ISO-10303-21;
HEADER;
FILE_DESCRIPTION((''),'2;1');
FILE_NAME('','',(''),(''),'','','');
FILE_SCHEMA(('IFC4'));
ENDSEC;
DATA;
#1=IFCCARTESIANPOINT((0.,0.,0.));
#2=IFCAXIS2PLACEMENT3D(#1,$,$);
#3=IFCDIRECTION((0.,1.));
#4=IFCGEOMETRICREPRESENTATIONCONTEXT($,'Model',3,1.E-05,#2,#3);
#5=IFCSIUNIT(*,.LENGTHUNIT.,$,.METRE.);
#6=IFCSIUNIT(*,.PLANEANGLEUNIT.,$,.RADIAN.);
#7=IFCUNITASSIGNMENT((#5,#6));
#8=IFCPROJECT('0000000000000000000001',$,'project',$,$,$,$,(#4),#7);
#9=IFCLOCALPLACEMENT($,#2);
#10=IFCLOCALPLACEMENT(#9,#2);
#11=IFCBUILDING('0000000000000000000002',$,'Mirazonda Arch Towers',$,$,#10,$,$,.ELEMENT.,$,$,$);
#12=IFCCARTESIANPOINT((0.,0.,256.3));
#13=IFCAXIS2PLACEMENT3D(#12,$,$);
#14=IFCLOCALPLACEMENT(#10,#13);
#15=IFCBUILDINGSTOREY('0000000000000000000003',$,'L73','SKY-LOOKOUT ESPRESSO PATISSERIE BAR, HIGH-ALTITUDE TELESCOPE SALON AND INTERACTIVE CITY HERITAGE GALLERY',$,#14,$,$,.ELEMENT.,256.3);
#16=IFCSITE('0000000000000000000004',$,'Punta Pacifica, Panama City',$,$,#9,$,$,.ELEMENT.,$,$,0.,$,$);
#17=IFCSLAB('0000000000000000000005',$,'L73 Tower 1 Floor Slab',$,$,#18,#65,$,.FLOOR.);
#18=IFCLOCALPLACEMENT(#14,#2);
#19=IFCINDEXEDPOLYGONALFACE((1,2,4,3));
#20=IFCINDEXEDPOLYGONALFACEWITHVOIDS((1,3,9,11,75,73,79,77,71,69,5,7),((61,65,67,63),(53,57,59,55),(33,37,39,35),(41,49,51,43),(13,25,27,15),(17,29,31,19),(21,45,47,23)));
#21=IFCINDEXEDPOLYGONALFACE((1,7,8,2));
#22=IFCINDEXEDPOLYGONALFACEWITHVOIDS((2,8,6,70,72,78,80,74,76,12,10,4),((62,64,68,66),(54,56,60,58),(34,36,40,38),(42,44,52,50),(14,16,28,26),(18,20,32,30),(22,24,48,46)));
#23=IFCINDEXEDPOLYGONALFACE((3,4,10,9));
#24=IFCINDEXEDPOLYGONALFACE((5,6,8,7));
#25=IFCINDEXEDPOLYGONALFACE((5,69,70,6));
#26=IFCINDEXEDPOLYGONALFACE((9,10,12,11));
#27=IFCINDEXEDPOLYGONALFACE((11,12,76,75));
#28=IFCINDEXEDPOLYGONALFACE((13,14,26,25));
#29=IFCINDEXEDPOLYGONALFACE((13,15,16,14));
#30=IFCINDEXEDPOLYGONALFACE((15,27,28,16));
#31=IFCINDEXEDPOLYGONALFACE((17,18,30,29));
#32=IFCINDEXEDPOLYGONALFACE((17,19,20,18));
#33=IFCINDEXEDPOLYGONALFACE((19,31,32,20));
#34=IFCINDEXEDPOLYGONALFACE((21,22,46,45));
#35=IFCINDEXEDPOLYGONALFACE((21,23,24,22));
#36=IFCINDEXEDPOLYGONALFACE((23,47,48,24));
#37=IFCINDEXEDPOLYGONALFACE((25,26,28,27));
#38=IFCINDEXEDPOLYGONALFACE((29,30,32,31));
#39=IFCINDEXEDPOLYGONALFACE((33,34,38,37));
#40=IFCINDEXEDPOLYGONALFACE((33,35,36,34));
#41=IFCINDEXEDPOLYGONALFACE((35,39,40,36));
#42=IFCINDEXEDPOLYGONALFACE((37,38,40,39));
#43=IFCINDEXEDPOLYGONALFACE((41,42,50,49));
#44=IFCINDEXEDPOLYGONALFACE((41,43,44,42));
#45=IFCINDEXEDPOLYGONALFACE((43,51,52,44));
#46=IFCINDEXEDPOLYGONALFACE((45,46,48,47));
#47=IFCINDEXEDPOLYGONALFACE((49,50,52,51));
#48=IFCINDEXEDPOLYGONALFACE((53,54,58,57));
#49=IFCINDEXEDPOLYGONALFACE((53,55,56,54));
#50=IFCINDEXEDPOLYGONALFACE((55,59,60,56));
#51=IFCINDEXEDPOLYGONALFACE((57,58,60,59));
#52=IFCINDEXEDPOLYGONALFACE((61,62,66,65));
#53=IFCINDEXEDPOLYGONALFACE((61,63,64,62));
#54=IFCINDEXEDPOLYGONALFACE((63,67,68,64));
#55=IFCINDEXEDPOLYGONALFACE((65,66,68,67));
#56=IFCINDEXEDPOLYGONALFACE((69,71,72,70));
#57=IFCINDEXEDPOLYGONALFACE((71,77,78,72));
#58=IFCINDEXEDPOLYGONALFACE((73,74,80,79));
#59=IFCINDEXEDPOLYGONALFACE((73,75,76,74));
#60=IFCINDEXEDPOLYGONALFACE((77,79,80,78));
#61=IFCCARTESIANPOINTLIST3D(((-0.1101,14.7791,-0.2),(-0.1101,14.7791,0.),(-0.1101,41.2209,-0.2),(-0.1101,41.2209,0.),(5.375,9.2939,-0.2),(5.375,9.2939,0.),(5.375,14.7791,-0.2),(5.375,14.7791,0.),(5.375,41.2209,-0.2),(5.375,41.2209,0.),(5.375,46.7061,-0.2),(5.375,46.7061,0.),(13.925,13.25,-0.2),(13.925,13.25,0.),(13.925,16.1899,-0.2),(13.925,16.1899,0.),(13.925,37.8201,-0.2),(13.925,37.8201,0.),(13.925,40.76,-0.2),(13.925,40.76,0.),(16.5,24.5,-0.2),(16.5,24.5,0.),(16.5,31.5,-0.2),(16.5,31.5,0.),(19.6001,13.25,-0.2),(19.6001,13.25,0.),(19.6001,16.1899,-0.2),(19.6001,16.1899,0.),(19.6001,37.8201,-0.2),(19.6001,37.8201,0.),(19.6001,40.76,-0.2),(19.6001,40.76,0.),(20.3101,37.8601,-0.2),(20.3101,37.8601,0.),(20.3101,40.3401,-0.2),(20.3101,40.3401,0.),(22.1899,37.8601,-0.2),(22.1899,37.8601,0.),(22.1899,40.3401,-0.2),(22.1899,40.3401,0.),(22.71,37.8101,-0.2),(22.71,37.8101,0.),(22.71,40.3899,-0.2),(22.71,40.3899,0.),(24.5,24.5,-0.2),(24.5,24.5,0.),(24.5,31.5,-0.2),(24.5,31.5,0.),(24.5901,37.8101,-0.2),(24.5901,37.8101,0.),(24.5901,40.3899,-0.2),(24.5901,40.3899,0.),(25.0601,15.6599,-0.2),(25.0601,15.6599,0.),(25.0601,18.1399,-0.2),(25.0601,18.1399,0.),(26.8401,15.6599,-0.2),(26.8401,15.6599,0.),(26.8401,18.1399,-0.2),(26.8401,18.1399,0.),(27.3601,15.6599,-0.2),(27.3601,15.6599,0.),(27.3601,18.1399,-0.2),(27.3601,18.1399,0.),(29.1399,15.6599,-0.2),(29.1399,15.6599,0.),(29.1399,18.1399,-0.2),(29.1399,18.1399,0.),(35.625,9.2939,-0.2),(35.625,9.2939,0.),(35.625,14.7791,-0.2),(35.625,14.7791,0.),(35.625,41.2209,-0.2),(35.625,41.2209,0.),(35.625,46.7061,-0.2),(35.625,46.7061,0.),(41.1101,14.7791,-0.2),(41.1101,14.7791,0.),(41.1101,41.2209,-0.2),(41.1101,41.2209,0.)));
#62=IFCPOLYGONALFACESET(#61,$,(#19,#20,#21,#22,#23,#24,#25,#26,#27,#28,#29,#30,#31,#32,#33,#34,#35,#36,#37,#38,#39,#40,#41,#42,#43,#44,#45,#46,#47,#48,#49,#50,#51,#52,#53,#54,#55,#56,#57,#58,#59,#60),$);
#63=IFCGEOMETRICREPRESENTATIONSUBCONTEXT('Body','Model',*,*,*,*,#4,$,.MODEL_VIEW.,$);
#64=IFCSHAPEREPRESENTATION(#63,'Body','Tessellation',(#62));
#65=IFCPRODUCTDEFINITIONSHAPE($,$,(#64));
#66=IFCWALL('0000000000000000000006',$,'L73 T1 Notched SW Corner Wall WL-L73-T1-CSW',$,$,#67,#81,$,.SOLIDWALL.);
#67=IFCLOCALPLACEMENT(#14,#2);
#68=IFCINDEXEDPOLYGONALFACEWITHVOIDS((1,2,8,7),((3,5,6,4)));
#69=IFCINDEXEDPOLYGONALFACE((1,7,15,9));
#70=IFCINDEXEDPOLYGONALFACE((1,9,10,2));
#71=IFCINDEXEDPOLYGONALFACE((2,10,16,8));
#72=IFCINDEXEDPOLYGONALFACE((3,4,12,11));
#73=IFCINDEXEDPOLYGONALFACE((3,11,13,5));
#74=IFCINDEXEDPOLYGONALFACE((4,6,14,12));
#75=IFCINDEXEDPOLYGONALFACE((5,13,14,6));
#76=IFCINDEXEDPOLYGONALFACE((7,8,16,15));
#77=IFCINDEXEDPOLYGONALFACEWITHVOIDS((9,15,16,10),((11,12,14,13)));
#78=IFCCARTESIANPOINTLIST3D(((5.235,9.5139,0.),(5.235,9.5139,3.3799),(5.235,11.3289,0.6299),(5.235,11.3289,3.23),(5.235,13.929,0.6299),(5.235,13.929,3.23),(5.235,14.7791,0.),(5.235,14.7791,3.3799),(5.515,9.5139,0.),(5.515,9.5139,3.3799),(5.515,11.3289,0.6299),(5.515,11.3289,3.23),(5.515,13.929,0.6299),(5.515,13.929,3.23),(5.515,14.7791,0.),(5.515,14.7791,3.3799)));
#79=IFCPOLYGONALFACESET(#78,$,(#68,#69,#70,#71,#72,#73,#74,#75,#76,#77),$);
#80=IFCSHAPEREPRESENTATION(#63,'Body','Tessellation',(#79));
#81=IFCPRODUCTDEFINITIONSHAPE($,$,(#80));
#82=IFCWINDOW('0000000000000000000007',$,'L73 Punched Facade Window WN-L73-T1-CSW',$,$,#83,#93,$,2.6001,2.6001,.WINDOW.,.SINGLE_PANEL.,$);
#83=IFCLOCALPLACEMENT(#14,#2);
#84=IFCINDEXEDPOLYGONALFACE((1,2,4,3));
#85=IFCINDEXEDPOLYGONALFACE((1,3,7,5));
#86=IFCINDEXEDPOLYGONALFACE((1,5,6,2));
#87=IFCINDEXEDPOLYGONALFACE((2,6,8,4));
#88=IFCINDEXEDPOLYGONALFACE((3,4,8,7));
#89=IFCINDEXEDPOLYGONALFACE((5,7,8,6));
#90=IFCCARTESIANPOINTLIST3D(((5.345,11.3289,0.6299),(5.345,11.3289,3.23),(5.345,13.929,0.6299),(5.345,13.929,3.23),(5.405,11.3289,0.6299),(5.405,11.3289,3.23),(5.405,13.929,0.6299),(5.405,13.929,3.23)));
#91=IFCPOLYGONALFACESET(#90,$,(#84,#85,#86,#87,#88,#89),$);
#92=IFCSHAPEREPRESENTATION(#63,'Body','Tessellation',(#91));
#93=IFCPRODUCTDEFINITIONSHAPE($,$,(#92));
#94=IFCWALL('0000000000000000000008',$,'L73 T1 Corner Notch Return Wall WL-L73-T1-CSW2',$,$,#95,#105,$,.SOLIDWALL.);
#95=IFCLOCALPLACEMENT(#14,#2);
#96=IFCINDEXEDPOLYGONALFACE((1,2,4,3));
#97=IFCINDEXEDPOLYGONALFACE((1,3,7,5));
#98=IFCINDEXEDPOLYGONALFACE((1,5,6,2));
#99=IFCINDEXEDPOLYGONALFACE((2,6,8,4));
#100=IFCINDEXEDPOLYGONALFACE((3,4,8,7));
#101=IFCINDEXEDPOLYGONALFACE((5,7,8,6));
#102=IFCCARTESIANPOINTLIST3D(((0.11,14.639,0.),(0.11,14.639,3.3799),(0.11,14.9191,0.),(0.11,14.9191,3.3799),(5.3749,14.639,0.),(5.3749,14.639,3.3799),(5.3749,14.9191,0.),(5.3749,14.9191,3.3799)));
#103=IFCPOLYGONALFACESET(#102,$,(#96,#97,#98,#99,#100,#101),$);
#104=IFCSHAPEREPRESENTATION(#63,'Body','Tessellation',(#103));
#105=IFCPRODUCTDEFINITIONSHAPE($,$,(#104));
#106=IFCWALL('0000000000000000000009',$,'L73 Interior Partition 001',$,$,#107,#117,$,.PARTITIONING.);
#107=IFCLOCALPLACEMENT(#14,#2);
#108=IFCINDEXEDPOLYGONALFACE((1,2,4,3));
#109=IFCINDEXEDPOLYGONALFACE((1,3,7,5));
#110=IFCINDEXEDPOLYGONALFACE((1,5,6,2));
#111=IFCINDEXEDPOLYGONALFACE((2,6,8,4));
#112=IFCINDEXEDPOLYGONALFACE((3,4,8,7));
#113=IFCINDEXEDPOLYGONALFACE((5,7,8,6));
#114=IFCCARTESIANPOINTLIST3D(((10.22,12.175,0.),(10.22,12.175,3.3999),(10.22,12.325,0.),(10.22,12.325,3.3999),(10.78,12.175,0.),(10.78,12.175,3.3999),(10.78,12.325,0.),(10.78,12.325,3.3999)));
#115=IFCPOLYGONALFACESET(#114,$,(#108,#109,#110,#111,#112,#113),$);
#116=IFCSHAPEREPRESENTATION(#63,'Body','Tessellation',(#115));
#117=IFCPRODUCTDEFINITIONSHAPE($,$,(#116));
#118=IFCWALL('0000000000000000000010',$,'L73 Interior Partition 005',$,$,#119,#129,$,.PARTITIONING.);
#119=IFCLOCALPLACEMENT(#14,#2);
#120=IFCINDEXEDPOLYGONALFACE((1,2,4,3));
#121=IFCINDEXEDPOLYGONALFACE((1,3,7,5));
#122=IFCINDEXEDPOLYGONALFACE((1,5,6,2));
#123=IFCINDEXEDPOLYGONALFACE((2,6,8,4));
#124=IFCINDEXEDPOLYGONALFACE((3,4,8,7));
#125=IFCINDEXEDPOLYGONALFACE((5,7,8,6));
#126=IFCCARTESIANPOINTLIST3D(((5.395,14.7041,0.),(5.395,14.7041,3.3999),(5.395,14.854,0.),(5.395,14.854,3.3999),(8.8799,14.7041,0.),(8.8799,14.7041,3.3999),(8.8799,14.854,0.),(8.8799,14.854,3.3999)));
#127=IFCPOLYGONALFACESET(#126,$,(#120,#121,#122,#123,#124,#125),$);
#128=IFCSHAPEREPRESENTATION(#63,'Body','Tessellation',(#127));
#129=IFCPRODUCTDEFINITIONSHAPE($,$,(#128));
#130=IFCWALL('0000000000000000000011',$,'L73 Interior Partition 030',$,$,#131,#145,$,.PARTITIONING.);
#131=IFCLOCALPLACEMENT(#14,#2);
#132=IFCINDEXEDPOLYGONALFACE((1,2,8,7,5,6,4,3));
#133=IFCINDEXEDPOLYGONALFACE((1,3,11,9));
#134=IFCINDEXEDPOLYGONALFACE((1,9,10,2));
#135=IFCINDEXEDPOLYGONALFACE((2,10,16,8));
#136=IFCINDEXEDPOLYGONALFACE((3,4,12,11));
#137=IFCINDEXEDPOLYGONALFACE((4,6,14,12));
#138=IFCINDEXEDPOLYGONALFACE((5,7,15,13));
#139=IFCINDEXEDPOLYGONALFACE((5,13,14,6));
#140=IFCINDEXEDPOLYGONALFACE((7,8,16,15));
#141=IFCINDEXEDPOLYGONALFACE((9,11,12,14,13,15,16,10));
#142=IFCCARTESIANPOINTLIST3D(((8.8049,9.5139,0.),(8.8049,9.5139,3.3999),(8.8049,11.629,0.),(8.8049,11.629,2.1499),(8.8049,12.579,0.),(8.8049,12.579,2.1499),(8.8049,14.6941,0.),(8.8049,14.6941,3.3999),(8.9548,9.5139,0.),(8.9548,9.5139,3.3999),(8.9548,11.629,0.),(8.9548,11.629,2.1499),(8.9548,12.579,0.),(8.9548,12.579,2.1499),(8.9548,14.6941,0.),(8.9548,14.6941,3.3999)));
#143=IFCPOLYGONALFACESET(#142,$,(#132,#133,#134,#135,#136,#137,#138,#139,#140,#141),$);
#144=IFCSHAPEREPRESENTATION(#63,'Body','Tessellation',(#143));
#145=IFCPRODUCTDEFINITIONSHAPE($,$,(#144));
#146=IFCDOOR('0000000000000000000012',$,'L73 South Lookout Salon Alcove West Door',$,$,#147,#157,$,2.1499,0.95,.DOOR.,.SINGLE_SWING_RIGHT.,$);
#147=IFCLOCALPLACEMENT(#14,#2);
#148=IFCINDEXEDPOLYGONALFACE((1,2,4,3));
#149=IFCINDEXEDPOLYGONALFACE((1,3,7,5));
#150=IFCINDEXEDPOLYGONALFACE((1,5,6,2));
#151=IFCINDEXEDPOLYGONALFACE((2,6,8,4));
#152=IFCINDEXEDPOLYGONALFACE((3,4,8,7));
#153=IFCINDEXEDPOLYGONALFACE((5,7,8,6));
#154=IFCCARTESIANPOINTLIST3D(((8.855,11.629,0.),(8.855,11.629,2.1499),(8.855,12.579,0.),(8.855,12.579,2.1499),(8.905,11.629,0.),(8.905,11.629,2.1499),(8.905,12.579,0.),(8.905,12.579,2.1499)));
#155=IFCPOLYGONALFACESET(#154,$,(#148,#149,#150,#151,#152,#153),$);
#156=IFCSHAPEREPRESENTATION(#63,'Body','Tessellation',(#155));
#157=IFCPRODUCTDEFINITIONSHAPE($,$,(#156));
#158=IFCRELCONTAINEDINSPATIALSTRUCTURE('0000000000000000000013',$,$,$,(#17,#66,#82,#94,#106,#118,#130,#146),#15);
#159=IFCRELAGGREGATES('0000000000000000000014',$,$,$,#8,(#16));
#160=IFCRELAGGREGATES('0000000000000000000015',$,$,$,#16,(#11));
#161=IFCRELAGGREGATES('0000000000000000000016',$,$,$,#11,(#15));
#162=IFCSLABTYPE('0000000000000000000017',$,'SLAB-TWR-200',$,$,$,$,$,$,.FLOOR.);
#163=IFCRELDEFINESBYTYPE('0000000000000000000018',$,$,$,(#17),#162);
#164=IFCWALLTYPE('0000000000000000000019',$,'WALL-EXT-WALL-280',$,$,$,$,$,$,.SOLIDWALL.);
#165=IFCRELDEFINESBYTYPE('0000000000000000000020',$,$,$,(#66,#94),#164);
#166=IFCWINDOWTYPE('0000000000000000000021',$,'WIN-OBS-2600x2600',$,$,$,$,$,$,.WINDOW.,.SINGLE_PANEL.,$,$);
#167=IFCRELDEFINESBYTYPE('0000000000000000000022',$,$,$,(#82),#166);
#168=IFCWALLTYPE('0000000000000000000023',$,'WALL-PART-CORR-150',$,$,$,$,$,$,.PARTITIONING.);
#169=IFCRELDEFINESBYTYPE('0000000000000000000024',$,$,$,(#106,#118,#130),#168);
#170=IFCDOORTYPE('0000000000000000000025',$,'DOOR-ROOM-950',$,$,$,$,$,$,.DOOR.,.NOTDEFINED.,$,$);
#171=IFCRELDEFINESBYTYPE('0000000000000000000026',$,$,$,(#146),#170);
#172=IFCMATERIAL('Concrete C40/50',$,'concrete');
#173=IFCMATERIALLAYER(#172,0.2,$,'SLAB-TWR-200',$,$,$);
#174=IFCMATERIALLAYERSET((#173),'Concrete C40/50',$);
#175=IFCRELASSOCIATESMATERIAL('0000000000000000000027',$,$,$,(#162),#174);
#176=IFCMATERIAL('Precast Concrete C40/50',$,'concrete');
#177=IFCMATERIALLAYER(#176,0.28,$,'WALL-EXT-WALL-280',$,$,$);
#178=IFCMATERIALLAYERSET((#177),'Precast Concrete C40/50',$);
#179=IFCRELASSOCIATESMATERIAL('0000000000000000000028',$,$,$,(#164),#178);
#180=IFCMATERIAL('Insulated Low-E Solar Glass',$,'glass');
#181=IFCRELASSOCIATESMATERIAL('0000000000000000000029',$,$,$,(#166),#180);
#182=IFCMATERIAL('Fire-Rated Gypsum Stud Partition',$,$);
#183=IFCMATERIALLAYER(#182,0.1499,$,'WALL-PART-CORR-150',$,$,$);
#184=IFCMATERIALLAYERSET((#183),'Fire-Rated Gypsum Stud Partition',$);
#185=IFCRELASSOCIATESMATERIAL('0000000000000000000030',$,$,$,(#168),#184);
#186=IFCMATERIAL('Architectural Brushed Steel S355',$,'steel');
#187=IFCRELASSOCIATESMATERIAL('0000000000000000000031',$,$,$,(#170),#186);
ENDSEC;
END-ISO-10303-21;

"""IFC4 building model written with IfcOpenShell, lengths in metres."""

from ifc_helpers import new_model, si_unit, direction, frame, frame_2d, origin, place, context, subcontext, project, spatial, polyline, rectangle, outline, extrude, material, layer, layer_set, type_object, element, fill, save


model = new_model("IFC4")

# Units and contexts
model_context = context("Model", 3, precision=1e-05, world=origin(), true_north=direction((0.0, 1.0)))
body_context = subcontext(model_context, "Body", "Model", "MODEL_VIEW")
ifc_project = project(units=[si_unit("LENGTHUNIT", "METRE"), si_unit("PLANEANGLEUNIT", "RADIAN")], contexts=[model_context])

# Site, building, storey
site_placement = place(None, origin())
site = spatial("IfcSite", under=ifc_project, at=site_placement, Name="Punta Pacifica, Panama City", CompositionType="ELEMENT", RefElevation=0.0)
building_placement = place(site_placement, origin())
building = spatial("IfcBuilding", under=site, at=building_placement, Name="Mirazonda Arch Towers", CompositionType="ELEMENT")
storey_placement = place(building_placement, frame((0.0, 0.0, 256.3)))
storey = spatial("IfcBuildingStorey", under=building, at=storey_placement, Name="L73", Description="SKY-LOOKOUT ESPRESSO PATISSERIE BAR, HIGH-ALTITUDE TELESCOPE SALON AND INTERACTIVE CITY HERITAGE GALLERY", CompositionType="ELEMENT", Elevation=256.3)

# Shared definitions
ifc_material_1 = material(Name="Insulated Low-E Solar Glass", Category="glass")

# Shared definitions
ifc_material_2 = material(Name="Concrete C40/50", Category="concrete")

# Slab
ifc_layer_1 = layer(ifc_material_2, 0.2, Name="SLAB-TWR-200")
ifc_layer_set_1 = layer_set([ifc_layer_1], Name="Concrete C40/50")
slab_type_1 = type_object("IfcSlabType", Name="SLAB-TWR-200", PredefinedType="FLOOR", material=ifc_layer_set_1)
slab_1_placement = place(storey_placement, frame((0.0, 0.0, -0.2)))
element("IfcSlab", 1, at=slab_1_placement, inside=storey, type_object=slab_type_1, Name="L73 Tower 1 Floor Slab", PredefinedType="FLOOR", context=body_context, shape_type="SweptSolid", body=[
    extrude(outline(polyline([(5.375, 9.2939), (35.625, 9.2939), (35.625, 14.7791), (41.1101, 14.7791), (41.1101, 41.2209), (35.625, 41.2209), (35.625, 46.7061), (5.375, 46.7061), (5.375, 41.2209), (-0.1101, 41.2209), (-0.1101, 14.7791), (5.375, 14.7791), (5.375, 9.2939)]), holes=[polyline([(27.3601, 18.1399), (29.1399, 18.1399), (29.1399, 15.6599), (27.3601, 15.6599), (27.3601, 18.1399)]), polyline([(25.0601, 18.1399), (26.8401, 18.1399), (26.8401, 15.6599), (25.0601, 15.6599), (25.0601, 18.1399)]), polyline([(22.71, 40.3899), (24.5901, 40.3899), (24.5901, 37.8101), (22.71, 37.8101), (22.71, 40.3899)]), polyline([(16.5, 31.5), (24.5, 31.5), (24.5, 24.5), (16.5, 24.5), (16.5, 31.5)]), polyline([(20.3101, 40.3401), (22.1899, 40.3401), (22.1899, 37.8601), (20.3101, 37.8601), (20.3101, 40.3401)]), polyline([(19.6001, 13.25), (13.925, 13.25), (13.925, 16.1899), (19.6001, 16.1899), (19.6001, 13.25)]), polyline([(13.925, 37.8201), (13.925, 40.76), (19.6001, 40.76), (19.6001, 37.8201), (13.925, 37.8201)])]), origin(), (0.0, 0.0, 1.0), 0.2),
])

# Wall, opening, window
ifc_material_3 = material(Name="Precast Concrete C40/50", Category="concrete")
ifc_layer_2 = layer(ifc_material_3, 0.28, Name="WALL-EXT-WALL-280")
ifc_layer_set_2 = layer_set([ifc_layer_2], Name="Precast Concrete C40/50")
wall_type_1 = type_object("IfcWallType", Name="WALL-EXT-WALL-280", PredefinedType="SOLIDWALL", material=ifc_layer_set_2)
wall_1_placement = place(storey_placement, frame((5.375, 14.7791, 0.0), z_axis=(0.0, 0.0, 1.0), x_axis=(0.0, -1.0, 0.0)))
wall_1 = element("IfcWall", 2, at=wall_1_placement, inside=storey, type_object=wall_type_1, Name="L73 T1 Notched SW Corner Wall WL-L73-T1-CSW", PredefinedType="SOLIDWALL", context=body_context, shape_type="SweptSolid", body=[
    extrude(rectangle(XDim=5.2651, YDim=0.28, at=frame_2d((2.6326, 0.0))), origin(), (0.0, 0.0, 1.0), 3.3799),
])
opening_1_placement = place(wall_1_placement, frame((0.8501, 0.0, 0.6299)))
opening_1 = element("IfcOpeningElement", 3, at=opening_1_placement, cuts=wall_1, PredefinedType="OPENING", context=body_context, shape_type="SweptSolid", body=[
    extrude(rectangle(XDim=2.6001, YDim=2.6001, at=frame_2d((1.3, 1.3))), frame((0.0, 0.1499, 0.0), z_axis=(0.0, -1.0, 0.0), x_axis=(1.0, 0.0, 0.0)), (0.0, 0.0, 1.0), 0.3),
])
window_type = type_object("IfcWindowType", Name="WIN-OBS-2600x2600", PartitioningType="SINGLE_PANEL", PredefinedType="WINDOW", material=ifc_material_1)
window_placement = place(opening_1_placement, origin())
window = element("IfcWindow", 4, at=window_placement, inside=storey, type_object=window_type, Name="L73 Punched Facade Window WN-L73-T1-CSW", OverallHeight=2.6001, OverallWidth=2.6001, PartitioningType="SINGLE_PANEL", PredefinedType="WINDOW", context=body_context, shape_type="SweptSolid", body=[
    extrude(rectangle(XDim=2.6001, YDim=2.6001, at=frame_2d((1.3, 1.3))), frame((0.0, 0.03, 0.0), z_axis=(0.0, -1.0, 0.0), x_axis=(1.0, 0.0, 0.0)), (0.0, 0.0, 1.0), 0.0601),
])
fill(opening_1, window)

# Walls
wall_2_placement = place(storey_placement, frame((0.1101, 14.7791, 0.0), z_axis=(0.0, 0.0, 1.0), x_axis=(1.0, 0.0, 0.0)))
element("IfcWall", 5, at=wall_2_placement, inside=storey, type_object=wall_type_1, Name="L73 T1 Corner Notch Return Wall WL-L73-T1-CSW2", PredefinedType="SOLIDWALL", context=body_context, shape_type="SweptSolid", body=[
    extrude(rectangle(XDim=5.2649, YDim=0.28, at=frame_2d((2.6323, 0.0))), origin(), (0.0, 0.0, 1.0), 3.3799),
])
ifc_material_4 = material(Name="Fire-Rated Gypsum Stud Partition")
ifc_layer_3 = layer(ifc_material_4, 0.1499, Name="WALL-PART-CORR-150")
ifc_layer_set_3 = layer_set([ifc_layer_3], Name="Fire-Rated Gypsum Stud Partition")
wall_type_2 = type_object("IfcWallType", Name="WALL-PART-CORR-150", PredefinedType="PARTITIONING", material=ifc_layer_set_3)
wall_3_placement = place(storey_placement, frame((10.22, 12.25, 0.0), z_axis=(0.0, 0.0, 1.0), x_axis=(1.0, 0.0, 0.0)))
element("IfcWall", 6, at=wall_3_placement, inside=storey, type_object=wall_type_2, Name="L73 Interior Partition 001", PredefinedType="PARTITIONING", context=body_context, shape_type="SweptSolid", body=[
    extrude(rectangle(XDim=0.5601, YDim=0.1499, at=frame_2d((0.28, 0.0))), origin(), (0.0, 0.0, 1.0), 3.3999),
])
wall_4_placement = place(storey_placement, frame((5.395, 14.7791, 0.0), z_axis=(0.0, 0.0, 1.0), x_axis=(1.0, 0.0, 0.0)))
element("IfcWall", 7, at=wall_4_placement, inside=storey, type_object=wall_type_2, Name="L73 Interior Partition 005", PredefinedType="PARTITIONING", context=body_context, shape_type="SweptSolid", body=[
    extrude(rectangle(XDim=3.4849, YDim=0.1499, at=frame_2d((1.7424, 0.0))), origin(), (0.0, 0.0, 1.0), 3.3999),
])

# Wall, opening, door
wall_5_placement = place(storey_placement, frame((8.8799, 9.5139, 0.0), z_axis=(0.0, 0.0, 1.0), x_axis=(0.0, 1.0, 0.0)))
wall_5 = element("IfcWall", 8, at=wall_5_placement, inside=storey, type_object=wall_type_2, Name="L73 Interior Partition 030", PredefinedType="PARTITIONING", context=body_context, shape_type="SweptSolid", body=[
    extrude(rectangle(XDim=5.1802, YDim=0.1499, at=frame_2d((2.5901, 0.0))), origin(), (0.0, 0.0, 1.0), 3.3999),
])
opening_2_placement = place(wall_5_placement, frame((2.115, 0.0, 0.0)))
opening_2 = element("IfcOpeningElement", 9, at=opening_2_placement, cuts=wall_5, PredefinedType="OPENING", context=body_context, shape_type="SweptSolid", body=[
    extrude(rectangle(XDim=0.95, YDim=2.1499, at=frame_2d((0.4751, 1.075))), frame((0.0, 0.085, 0.0), z_axis=(0.0, -1.0, 0.0), x_axis=(1.0, 0.0, 0.0)), (0.0, 0.0, 1.0), 0.1699),
])
ifc_material_5 = material(Name="Architectural Brushed Steel S355", Category="steel")
door_type_1 = type_object("IfcDoorType", Name="DOOR-ROOM-950", OperationType="NOTDEFINED", PredefinedType="DOOR", material=ifc_material_5)
door_1_placement = place(opening_2_placement, origin())
door_1 = element("IfcDoor", 10, at=door_1_placement, inside=storey, type_object=door_type_1, Name="L73 South Lookout Salon Alcove West Door", OperationType="SINGLE_SWING_RIGHT", OverallHeight=2.1499, OverallWidth=0.95, PredefinedType="DOOR", context=body_context, shape_type="SweptSolid", body=[
    extrude(rectangle(XDim=0.95, YDim=2.1499, at=frame_2d((0.4751, 1.075))), frame((0.0, 0.0249, 0.0), z_axis=(0.0, -1.0, 0.0), x_axis=(1.0, 0.0, 0.0)), (0.0, 0.0, 1.0), 0.05),
])
fill(opening_2, door_1)

save(model, "model.ifc")
